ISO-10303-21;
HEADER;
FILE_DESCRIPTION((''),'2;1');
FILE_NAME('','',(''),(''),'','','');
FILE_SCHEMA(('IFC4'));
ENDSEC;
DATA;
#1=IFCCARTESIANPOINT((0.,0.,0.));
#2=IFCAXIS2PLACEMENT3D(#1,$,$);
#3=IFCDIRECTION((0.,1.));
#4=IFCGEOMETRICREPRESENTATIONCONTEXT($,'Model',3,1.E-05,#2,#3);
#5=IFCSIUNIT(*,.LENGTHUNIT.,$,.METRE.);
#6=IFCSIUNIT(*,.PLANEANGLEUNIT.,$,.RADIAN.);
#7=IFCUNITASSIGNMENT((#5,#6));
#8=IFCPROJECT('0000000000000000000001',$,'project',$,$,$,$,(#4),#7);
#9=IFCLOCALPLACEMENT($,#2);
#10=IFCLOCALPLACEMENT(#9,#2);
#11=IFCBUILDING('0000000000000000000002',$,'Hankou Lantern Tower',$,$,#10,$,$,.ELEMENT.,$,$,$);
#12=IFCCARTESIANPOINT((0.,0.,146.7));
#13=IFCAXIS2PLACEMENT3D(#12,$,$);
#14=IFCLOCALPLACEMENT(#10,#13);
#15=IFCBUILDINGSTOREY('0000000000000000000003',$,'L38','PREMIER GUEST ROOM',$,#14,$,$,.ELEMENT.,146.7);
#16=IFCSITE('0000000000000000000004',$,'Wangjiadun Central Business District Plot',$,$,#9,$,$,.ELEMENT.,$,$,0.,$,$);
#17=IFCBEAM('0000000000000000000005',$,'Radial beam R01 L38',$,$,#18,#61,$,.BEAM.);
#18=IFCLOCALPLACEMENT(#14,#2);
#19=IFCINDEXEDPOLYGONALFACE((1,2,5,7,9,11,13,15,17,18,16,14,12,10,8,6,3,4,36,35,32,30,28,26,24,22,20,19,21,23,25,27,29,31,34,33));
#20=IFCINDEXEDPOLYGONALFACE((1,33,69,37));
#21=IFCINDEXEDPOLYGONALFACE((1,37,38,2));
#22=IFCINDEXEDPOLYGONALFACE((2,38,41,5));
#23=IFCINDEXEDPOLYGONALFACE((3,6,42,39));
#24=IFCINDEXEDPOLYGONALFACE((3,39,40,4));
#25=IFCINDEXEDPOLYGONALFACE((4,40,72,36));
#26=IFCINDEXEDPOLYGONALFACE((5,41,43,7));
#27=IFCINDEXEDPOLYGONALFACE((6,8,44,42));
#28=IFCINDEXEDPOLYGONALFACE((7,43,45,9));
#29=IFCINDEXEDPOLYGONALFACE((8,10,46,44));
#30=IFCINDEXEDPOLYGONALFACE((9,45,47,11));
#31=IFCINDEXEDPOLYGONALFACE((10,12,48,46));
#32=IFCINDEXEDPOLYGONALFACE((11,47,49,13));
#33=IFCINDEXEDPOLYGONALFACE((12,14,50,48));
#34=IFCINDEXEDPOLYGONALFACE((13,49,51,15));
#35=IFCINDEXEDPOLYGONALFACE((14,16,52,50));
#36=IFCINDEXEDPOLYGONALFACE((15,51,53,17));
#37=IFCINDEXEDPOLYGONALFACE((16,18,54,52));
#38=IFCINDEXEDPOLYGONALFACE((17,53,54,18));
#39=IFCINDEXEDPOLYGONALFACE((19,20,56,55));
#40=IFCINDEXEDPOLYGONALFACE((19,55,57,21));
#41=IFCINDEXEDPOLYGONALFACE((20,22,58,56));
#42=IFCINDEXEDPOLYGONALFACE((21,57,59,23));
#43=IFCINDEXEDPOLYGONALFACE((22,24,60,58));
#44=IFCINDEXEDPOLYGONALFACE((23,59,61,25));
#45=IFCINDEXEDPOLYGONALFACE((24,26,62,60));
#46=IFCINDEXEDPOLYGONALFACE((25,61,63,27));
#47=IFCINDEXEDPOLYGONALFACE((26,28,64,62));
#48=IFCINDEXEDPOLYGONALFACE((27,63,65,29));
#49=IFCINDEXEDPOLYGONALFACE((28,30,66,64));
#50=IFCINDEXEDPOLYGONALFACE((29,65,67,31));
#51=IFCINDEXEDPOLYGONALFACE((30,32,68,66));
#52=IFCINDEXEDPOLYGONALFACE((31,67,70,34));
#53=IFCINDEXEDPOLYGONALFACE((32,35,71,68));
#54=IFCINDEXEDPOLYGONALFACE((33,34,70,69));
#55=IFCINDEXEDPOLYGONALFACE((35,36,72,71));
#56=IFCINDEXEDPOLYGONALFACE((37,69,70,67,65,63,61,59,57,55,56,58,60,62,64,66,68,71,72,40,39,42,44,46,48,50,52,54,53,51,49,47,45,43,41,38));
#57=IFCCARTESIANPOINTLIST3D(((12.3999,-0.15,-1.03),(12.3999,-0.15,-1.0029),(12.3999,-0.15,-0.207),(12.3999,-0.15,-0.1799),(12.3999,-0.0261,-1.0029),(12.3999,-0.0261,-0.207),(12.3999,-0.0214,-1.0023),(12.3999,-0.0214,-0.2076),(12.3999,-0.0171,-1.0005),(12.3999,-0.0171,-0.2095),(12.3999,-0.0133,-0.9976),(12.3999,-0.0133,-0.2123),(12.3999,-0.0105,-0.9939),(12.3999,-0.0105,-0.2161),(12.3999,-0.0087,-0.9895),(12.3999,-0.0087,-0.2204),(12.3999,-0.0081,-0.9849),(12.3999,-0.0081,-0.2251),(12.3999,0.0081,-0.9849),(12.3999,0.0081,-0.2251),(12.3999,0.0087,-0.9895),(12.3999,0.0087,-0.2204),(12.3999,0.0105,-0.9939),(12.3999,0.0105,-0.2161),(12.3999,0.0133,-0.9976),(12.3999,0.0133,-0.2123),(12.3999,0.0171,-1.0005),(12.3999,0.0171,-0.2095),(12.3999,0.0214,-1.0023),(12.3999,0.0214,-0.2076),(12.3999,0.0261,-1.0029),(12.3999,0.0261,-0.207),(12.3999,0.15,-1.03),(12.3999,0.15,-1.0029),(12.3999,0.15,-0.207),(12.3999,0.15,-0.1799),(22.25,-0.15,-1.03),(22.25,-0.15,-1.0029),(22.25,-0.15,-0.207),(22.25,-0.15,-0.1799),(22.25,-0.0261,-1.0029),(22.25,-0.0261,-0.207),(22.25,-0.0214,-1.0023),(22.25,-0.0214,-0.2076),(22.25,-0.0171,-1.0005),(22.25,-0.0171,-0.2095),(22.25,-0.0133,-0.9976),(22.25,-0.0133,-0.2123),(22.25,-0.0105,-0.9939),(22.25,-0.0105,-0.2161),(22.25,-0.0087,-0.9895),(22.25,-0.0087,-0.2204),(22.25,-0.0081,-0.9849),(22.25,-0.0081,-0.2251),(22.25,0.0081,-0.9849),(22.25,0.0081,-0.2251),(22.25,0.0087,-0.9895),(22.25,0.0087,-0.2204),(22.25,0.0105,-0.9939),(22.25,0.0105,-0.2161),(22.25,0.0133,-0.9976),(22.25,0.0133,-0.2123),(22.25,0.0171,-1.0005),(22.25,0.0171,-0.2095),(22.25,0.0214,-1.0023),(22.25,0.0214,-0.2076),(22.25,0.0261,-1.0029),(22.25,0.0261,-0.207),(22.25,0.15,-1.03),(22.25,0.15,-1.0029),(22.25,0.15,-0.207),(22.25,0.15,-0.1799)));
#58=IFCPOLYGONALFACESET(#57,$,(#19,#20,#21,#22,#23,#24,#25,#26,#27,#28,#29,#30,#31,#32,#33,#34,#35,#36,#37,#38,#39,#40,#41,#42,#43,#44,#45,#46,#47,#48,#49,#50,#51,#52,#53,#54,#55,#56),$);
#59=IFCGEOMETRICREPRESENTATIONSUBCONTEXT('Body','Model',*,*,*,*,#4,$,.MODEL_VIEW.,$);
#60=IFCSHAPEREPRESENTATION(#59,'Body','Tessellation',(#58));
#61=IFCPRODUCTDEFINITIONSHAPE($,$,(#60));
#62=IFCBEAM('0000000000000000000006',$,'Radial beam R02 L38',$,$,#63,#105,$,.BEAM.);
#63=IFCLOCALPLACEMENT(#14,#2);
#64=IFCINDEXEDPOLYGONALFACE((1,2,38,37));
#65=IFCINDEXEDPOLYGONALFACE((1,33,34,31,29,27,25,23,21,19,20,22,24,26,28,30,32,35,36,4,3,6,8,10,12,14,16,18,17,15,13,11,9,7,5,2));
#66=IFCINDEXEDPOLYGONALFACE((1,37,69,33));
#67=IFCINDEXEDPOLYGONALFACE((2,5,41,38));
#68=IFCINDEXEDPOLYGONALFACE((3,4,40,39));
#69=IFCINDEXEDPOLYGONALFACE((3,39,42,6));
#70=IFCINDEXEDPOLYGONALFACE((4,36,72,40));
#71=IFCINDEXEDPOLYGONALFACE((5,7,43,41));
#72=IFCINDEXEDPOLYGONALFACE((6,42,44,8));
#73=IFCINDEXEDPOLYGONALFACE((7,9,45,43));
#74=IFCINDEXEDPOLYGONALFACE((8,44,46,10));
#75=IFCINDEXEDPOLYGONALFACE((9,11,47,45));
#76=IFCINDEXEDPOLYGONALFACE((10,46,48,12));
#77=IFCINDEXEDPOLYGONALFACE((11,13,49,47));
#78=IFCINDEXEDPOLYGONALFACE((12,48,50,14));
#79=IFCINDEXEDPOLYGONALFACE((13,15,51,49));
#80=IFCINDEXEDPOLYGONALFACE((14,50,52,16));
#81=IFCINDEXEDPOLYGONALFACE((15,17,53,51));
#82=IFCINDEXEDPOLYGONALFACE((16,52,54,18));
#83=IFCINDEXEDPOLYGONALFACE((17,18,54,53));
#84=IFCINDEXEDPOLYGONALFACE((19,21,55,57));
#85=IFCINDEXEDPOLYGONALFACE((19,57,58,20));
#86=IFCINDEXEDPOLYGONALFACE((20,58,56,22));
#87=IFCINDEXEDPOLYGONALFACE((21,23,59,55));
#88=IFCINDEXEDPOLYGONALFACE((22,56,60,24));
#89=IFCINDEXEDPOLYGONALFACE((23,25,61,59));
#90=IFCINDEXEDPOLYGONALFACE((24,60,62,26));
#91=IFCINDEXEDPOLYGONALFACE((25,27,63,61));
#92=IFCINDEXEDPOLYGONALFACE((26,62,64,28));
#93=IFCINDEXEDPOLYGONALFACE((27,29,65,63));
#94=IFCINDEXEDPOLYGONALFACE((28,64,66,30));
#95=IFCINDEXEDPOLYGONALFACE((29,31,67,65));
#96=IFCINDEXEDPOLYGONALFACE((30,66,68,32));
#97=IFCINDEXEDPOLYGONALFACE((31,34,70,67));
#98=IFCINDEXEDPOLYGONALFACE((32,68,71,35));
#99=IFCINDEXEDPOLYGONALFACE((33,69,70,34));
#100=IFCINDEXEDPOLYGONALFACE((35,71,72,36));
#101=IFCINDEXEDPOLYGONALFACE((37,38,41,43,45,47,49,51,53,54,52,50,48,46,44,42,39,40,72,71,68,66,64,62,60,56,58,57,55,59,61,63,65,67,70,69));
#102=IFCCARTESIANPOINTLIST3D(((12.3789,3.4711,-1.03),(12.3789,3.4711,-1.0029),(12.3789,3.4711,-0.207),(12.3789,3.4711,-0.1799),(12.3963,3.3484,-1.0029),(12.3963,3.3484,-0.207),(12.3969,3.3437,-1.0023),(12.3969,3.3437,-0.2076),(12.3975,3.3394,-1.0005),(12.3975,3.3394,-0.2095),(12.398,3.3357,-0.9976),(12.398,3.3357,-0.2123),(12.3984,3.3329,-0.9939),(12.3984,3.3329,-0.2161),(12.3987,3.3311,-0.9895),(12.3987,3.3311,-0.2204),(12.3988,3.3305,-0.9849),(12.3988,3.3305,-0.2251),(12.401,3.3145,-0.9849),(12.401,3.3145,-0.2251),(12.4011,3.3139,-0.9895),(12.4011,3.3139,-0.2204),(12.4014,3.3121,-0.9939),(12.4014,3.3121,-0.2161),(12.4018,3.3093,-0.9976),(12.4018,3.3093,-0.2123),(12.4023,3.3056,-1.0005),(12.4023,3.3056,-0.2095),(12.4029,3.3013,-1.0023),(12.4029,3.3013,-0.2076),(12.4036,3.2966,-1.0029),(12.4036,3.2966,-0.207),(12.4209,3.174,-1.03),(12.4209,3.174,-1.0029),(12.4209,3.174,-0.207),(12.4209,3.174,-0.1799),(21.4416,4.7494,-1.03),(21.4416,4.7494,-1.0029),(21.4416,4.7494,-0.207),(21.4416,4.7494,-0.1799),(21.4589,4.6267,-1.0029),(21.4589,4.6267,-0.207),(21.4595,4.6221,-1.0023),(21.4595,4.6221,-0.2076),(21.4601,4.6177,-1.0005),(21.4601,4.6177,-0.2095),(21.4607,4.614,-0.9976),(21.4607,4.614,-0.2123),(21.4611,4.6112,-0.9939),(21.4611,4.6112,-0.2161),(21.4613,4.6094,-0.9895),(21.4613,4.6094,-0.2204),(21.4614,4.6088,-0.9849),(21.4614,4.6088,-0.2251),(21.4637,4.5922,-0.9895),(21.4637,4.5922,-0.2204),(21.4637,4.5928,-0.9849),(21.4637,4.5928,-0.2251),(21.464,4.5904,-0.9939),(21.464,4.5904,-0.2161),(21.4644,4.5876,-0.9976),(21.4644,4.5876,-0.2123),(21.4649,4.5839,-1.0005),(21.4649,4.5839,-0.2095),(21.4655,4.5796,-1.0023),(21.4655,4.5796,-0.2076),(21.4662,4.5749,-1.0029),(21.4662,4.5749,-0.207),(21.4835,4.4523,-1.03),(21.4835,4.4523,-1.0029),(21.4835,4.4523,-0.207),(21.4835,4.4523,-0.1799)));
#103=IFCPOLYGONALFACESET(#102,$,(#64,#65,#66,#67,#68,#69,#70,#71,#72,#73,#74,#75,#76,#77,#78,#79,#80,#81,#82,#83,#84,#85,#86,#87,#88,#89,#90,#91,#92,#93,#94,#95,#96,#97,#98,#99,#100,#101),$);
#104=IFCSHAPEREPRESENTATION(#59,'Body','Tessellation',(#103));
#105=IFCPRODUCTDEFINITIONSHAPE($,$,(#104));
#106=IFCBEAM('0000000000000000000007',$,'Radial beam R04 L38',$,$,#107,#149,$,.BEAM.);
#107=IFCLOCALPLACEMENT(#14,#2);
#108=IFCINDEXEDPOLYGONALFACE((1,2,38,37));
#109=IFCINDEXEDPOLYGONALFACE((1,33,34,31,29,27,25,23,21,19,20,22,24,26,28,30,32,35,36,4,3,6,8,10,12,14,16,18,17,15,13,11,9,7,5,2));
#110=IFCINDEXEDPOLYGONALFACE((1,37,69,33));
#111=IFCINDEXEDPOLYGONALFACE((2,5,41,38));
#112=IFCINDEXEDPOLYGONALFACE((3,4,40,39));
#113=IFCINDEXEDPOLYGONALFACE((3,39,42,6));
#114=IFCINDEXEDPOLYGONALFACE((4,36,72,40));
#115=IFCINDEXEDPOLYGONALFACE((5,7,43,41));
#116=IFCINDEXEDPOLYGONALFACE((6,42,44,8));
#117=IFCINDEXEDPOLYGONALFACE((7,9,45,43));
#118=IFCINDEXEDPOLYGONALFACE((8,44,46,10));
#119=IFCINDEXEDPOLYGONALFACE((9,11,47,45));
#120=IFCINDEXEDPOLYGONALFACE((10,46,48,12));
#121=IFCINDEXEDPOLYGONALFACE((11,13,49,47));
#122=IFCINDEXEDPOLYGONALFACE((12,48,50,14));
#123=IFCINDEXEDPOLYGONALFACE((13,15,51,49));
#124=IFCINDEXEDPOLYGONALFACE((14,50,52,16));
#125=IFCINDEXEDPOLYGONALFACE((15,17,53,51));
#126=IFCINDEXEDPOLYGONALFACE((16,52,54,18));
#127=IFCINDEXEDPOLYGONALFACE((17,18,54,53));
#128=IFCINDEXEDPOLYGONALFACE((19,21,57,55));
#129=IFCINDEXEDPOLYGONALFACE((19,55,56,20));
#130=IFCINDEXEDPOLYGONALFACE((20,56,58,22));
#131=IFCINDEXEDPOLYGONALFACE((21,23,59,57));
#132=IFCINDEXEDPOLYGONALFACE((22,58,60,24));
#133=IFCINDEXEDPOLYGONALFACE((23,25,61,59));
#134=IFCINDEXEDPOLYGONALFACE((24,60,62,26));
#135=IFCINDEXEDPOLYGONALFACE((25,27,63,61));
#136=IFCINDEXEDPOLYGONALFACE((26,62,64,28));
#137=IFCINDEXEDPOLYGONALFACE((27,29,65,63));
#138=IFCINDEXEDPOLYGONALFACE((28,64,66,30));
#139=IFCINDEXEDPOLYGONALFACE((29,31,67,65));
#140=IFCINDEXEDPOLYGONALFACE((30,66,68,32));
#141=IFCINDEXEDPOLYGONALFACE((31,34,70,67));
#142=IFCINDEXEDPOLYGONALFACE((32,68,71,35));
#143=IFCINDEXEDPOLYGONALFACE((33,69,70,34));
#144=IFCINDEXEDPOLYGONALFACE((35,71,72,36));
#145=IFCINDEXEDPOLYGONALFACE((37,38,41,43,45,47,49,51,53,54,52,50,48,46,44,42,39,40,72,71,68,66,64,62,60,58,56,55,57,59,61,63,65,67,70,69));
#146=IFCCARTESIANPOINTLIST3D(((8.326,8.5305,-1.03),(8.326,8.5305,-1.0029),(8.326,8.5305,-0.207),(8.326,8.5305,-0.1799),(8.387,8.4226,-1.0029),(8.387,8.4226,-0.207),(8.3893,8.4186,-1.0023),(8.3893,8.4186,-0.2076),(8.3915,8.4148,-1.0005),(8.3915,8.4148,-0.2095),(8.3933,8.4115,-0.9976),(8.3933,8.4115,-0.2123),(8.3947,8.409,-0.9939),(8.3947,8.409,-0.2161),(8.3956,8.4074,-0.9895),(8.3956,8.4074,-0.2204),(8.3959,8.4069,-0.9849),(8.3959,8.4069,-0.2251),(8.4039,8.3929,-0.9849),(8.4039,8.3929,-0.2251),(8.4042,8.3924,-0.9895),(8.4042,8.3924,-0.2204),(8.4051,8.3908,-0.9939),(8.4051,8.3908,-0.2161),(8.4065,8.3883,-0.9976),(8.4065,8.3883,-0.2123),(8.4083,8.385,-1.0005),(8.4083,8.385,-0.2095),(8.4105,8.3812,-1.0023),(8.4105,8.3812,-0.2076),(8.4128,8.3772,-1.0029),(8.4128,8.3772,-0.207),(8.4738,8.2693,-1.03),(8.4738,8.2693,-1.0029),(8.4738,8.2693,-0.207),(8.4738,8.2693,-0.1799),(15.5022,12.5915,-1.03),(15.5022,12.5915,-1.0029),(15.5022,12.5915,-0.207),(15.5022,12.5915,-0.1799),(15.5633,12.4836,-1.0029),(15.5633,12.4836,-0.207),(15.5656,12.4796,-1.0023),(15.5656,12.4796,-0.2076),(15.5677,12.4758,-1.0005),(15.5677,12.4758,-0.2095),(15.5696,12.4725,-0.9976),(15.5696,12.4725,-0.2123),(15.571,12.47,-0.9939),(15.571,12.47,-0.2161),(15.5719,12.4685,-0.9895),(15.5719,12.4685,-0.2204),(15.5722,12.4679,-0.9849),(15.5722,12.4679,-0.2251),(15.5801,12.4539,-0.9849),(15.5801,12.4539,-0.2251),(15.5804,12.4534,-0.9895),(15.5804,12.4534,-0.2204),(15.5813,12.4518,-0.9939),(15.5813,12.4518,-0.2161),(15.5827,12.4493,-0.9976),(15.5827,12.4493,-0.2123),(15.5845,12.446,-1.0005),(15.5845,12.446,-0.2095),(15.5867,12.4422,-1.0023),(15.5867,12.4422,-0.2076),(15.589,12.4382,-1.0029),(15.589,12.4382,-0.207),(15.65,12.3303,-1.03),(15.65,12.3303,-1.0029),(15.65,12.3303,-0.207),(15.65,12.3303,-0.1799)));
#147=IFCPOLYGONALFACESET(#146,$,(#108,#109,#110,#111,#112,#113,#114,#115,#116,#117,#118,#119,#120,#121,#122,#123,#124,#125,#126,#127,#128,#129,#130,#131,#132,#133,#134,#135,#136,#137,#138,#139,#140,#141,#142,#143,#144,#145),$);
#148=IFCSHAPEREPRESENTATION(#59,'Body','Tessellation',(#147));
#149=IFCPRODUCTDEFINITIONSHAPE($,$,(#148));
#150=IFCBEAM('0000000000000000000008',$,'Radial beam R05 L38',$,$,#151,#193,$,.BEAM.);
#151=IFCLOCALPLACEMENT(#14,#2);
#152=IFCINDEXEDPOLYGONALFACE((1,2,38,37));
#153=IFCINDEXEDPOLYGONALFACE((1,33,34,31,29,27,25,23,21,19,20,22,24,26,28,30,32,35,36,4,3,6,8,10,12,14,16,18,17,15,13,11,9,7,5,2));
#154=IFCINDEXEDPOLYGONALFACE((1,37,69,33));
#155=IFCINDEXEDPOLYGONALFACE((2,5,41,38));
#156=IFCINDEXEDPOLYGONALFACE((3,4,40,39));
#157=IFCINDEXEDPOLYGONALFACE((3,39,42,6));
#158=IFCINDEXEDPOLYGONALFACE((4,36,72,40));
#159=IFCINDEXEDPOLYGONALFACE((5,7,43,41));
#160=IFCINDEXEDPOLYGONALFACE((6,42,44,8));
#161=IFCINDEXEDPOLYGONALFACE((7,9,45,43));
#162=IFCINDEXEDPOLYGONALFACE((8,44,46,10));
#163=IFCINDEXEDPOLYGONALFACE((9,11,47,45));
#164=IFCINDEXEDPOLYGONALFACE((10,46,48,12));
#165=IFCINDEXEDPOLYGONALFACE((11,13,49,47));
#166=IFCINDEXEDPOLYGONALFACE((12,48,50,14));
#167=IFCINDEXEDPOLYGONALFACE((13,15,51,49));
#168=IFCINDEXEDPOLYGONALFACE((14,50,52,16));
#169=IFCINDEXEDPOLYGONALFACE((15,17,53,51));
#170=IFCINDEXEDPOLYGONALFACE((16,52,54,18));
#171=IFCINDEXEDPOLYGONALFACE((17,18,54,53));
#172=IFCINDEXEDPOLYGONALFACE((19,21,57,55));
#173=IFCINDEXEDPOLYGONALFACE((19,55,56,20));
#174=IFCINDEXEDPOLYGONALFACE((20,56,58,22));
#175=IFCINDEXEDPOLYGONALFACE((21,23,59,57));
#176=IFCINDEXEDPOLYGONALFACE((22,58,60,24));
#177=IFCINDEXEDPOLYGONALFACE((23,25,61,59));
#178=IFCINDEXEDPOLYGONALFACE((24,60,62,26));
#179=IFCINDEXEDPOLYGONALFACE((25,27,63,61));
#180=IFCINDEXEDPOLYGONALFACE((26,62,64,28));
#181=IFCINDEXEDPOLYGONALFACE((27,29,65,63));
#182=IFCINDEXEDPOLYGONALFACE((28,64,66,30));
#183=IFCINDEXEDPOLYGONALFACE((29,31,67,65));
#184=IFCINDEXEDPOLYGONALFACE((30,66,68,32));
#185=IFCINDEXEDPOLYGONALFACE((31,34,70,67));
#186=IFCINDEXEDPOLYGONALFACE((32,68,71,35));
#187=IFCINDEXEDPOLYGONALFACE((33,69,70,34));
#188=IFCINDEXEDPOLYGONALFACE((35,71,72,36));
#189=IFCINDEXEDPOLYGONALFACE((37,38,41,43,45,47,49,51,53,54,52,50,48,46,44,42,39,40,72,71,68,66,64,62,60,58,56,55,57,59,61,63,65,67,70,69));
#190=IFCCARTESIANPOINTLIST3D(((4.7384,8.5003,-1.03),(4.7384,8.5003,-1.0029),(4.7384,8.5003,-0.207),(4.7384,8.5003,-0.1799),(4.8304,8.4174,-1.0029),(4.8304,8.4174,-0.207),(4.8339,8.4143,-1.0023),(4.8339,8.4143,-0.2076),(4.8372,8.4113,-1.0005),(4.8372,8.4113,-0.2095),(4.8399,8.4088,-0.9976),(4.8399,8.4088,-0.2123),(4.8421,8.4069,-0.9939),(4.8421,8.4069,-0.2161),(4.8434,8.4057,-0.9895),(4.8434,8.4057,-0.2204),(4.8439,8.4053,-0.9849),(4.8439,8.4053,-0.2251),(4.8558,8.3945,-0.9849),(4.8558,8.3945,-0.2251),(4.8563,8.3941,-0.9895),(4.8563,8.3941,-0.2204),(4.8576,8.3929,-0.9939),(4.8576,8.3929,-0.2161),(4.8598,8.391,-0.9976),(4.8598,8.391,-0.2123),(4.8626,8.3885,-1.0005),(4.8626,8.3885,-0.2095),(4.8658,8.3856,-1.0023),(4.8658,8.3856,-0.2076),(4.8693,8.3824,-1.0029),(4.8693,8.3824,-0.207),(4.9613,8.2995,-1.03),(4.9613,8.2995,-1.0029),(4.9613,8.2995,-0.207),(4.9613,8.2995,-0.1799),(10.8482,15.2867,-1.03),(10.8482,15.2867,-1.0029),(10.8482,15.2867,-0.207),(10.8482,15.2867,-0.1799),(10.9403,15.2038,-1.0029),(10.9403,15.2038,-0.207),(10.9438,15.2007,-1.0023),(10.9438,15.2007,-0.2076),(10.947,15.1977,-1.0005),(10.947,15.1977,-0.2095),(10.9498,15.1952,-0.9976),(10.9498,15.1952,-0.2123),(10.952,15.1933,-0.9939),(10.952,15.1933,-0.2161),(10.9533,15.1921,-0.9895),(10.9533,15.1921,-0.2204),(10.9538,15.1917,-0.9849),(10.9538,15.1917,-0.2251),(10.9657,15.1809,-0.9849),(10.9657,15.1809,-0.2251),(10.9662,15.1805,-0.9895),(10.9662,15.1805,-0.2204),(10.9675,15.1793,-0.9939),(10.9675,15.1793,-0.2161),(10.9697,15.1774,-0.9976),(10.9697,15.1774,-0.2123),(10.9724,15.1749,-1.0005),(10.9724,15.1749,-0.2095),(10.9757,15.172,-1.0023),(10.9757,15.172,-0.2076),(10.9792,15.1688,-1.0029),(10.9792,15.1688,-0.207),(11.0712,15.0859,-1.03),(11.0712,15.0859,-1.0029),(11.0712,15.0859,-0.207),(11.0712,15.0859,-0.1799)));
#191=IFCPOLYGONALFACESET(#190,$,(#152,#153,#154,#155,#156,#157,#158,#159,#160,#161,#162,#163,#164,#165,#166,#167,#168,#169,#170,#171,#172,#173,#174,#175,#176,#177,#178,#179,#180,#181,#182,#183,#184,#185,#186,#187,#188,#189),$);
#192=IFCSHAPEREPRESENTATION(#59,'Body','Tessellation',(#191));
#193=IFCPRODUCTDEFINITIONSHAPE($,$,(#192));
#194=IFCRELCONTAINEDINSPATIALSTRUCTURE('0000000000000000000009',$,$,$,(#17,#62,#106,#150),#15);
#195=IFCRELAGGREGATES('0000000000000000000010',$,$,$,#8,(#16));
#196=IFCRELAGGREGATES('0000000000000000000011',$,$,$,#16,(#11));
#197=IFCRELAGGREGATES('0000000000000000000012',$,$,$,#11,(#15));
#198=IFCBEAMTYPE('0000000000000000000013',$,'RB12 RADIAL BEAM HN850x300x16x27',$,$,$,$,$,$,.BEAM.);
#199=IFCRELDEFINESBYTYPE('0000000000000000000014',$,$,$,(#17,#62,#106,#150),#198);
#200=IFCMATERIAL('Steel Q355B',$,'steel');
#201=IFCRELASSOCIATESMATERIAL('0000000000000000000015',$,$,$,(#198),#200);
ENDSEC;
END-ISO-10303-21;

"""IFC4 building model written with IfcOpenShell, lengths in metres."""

from ifc_helpers import new_model, si_unit, direction, frame, origin, origin_2d, place, context, subcontext, project, spatial, i_section, extrude, material, material_profile, profile_set, type_object, element, save


model = new_model("IFC4")

# Units and contexts
model_context = context("Model", 3, precision=1e-05, world=origin(), true_north=direction((0.0, 1.0)))
body_context = subcontext(model_context, "Body", "Model", "MODEL_VIEW")
ifc_project = project(units=[si_unit("LENGTHUNIT", "METRE"), si_unit("PLANEANGLEUNIT", "RADIAN")], contexts=[model_context])

# Site, building, storey
site_placement = place(None, origin())
site = spatial("IfcSite", under=ifc_project, at=site_placement, Name="Wangjiadun Central Business District Plot", CompositionType="ELEMENT", RefElevation=0.0)
building_placement = place(site_placement, origin())
building = spatial("IfcBuilding", under=site, at=building_placement, Name="Hankou Lantern Tower", CompositionType="ELEMENT")
storey_placement = place(building_placement, frame((0.0, 0.0, 146.7)))
storey = spatial("IfcBuildingStorey", under=building, at=storey_placement, Name="L38", Description="PREMIER GUEST ROOM", CompositionType="ELEMENT", Elevation=146.7)

# Beams
ifc_material_1 = material(Name="Steel Q355B", Category="steel")
ifc_material_profile_1 = material_profile(ifc_material_1, i_section(OverallWidth=0.3, OverallDepth=0.8501, WebThickness=0.0161, FlangeThickness=0.0271, FilletRadius=0.0181, at=origin_2d()), Name="HN850x300x16x27")
ifc_profile_set_1 = profile_set([ifc_material_profile_1], Name="Steel Q355B")
beam_type_1 = type_object("IfcBeamType", Name="RB12 RADIAL BEAM HN850x300x16x27", PredefinedType="BEAM", material=ifc_profile_set_1)
beam_1_placement = place(storey_placement, frame((12.3999, 0.0, -0.605), z_axis=(1.0, 0.0, 0.0), x_axis=(0.0, 1.0, 0.0)))
element("IfcBeam", 1, at=beam_1_placement, inside=storey, type_object=beam_type_1, Name="Radial beam R01 L38", PredefinedType="BEAM", context=body_context, shape_type="SweptSolid", body=[
    extrude(i_section(OverallWidth=0.3, OverallDepth=0.8501, WebThickness=0.0161, FlangeThickness=0.0271, FilletRadius=0.0181, at=origin_2d()), origin(), (0.0, 0.0, 1.0), 9.8501),
])
beam_2_placement = place(storey_placement, frame((12.3999, 3.3225, -0.605), z_axis=(0.990198, 0.13967, 0.0), x_axis=(-0.13967, 0.990198, 0.0)))
element("IfcBeam", 2, at=beam_2_placement, inside=storey, type_object=beam_type_1, Name="Radial beam R02 L38", PredefinedType="BEAM", context=body_context, shape_type="SweptSolid", body=[
    extrude(i_section(OverallWidth=0.3, OverallDepth=0.8501, WebThickness=0.0161, FlangeThickness=0.0271, FilletRadius=0.0181, at=origin_2d()), origin(), (0.0, 0.0, 1.0), 9.1523),
])
beam_3_placement = place(storey_placement, frame((8.3999, 8.3999, -0.605), z_axis=(0.870309, 0.492506, 0.0), x_axis=(-0.492506, 0.870309, 0.0)))
element("IfcBeam", 3, at=beam_3_placement, inside=storey, type_object=beam_type_1, Name="Radial beam R04 L38", PredefinedType="BEAM", context=body_context, shape_type="SweptSolid", body=[
    extrude(i_section(OverallWidth=0.3, OverallDepth=0.8501, WebThickness=0.0161, FlangeThickness=0.0271, FilletRadius=0.0181, at=origin_2d()), origin(), (0.0, 0.0, 1.0), 8.2456),
])
beam_4_placement = place(storey_placement, frame((4.8499, 8.3999, -0.605), z_axis=(0.669093, 0.743178, 0.0), x_axis=(-0.743178, 0.669093, 0.0)))
element("IfcBeam", 4, at=beam_4_placement, inside=storey, type_object=beam_type_1, Name="Radial beam R05 L38", PredefinedType="BEAM", context=body_context, shape_type="SweptSolid", body=[
    extrude(i_section(OverallWidth=0.3, OverallDepth=0.8501, WebThickness=0.0161, FlangeThickness=0.0271, FilletRadius=0.0181, at=origin_2d()), origin(), (0.0, 0.0, 1.0), 9.1316),
])

save(model, "model.ifc")
